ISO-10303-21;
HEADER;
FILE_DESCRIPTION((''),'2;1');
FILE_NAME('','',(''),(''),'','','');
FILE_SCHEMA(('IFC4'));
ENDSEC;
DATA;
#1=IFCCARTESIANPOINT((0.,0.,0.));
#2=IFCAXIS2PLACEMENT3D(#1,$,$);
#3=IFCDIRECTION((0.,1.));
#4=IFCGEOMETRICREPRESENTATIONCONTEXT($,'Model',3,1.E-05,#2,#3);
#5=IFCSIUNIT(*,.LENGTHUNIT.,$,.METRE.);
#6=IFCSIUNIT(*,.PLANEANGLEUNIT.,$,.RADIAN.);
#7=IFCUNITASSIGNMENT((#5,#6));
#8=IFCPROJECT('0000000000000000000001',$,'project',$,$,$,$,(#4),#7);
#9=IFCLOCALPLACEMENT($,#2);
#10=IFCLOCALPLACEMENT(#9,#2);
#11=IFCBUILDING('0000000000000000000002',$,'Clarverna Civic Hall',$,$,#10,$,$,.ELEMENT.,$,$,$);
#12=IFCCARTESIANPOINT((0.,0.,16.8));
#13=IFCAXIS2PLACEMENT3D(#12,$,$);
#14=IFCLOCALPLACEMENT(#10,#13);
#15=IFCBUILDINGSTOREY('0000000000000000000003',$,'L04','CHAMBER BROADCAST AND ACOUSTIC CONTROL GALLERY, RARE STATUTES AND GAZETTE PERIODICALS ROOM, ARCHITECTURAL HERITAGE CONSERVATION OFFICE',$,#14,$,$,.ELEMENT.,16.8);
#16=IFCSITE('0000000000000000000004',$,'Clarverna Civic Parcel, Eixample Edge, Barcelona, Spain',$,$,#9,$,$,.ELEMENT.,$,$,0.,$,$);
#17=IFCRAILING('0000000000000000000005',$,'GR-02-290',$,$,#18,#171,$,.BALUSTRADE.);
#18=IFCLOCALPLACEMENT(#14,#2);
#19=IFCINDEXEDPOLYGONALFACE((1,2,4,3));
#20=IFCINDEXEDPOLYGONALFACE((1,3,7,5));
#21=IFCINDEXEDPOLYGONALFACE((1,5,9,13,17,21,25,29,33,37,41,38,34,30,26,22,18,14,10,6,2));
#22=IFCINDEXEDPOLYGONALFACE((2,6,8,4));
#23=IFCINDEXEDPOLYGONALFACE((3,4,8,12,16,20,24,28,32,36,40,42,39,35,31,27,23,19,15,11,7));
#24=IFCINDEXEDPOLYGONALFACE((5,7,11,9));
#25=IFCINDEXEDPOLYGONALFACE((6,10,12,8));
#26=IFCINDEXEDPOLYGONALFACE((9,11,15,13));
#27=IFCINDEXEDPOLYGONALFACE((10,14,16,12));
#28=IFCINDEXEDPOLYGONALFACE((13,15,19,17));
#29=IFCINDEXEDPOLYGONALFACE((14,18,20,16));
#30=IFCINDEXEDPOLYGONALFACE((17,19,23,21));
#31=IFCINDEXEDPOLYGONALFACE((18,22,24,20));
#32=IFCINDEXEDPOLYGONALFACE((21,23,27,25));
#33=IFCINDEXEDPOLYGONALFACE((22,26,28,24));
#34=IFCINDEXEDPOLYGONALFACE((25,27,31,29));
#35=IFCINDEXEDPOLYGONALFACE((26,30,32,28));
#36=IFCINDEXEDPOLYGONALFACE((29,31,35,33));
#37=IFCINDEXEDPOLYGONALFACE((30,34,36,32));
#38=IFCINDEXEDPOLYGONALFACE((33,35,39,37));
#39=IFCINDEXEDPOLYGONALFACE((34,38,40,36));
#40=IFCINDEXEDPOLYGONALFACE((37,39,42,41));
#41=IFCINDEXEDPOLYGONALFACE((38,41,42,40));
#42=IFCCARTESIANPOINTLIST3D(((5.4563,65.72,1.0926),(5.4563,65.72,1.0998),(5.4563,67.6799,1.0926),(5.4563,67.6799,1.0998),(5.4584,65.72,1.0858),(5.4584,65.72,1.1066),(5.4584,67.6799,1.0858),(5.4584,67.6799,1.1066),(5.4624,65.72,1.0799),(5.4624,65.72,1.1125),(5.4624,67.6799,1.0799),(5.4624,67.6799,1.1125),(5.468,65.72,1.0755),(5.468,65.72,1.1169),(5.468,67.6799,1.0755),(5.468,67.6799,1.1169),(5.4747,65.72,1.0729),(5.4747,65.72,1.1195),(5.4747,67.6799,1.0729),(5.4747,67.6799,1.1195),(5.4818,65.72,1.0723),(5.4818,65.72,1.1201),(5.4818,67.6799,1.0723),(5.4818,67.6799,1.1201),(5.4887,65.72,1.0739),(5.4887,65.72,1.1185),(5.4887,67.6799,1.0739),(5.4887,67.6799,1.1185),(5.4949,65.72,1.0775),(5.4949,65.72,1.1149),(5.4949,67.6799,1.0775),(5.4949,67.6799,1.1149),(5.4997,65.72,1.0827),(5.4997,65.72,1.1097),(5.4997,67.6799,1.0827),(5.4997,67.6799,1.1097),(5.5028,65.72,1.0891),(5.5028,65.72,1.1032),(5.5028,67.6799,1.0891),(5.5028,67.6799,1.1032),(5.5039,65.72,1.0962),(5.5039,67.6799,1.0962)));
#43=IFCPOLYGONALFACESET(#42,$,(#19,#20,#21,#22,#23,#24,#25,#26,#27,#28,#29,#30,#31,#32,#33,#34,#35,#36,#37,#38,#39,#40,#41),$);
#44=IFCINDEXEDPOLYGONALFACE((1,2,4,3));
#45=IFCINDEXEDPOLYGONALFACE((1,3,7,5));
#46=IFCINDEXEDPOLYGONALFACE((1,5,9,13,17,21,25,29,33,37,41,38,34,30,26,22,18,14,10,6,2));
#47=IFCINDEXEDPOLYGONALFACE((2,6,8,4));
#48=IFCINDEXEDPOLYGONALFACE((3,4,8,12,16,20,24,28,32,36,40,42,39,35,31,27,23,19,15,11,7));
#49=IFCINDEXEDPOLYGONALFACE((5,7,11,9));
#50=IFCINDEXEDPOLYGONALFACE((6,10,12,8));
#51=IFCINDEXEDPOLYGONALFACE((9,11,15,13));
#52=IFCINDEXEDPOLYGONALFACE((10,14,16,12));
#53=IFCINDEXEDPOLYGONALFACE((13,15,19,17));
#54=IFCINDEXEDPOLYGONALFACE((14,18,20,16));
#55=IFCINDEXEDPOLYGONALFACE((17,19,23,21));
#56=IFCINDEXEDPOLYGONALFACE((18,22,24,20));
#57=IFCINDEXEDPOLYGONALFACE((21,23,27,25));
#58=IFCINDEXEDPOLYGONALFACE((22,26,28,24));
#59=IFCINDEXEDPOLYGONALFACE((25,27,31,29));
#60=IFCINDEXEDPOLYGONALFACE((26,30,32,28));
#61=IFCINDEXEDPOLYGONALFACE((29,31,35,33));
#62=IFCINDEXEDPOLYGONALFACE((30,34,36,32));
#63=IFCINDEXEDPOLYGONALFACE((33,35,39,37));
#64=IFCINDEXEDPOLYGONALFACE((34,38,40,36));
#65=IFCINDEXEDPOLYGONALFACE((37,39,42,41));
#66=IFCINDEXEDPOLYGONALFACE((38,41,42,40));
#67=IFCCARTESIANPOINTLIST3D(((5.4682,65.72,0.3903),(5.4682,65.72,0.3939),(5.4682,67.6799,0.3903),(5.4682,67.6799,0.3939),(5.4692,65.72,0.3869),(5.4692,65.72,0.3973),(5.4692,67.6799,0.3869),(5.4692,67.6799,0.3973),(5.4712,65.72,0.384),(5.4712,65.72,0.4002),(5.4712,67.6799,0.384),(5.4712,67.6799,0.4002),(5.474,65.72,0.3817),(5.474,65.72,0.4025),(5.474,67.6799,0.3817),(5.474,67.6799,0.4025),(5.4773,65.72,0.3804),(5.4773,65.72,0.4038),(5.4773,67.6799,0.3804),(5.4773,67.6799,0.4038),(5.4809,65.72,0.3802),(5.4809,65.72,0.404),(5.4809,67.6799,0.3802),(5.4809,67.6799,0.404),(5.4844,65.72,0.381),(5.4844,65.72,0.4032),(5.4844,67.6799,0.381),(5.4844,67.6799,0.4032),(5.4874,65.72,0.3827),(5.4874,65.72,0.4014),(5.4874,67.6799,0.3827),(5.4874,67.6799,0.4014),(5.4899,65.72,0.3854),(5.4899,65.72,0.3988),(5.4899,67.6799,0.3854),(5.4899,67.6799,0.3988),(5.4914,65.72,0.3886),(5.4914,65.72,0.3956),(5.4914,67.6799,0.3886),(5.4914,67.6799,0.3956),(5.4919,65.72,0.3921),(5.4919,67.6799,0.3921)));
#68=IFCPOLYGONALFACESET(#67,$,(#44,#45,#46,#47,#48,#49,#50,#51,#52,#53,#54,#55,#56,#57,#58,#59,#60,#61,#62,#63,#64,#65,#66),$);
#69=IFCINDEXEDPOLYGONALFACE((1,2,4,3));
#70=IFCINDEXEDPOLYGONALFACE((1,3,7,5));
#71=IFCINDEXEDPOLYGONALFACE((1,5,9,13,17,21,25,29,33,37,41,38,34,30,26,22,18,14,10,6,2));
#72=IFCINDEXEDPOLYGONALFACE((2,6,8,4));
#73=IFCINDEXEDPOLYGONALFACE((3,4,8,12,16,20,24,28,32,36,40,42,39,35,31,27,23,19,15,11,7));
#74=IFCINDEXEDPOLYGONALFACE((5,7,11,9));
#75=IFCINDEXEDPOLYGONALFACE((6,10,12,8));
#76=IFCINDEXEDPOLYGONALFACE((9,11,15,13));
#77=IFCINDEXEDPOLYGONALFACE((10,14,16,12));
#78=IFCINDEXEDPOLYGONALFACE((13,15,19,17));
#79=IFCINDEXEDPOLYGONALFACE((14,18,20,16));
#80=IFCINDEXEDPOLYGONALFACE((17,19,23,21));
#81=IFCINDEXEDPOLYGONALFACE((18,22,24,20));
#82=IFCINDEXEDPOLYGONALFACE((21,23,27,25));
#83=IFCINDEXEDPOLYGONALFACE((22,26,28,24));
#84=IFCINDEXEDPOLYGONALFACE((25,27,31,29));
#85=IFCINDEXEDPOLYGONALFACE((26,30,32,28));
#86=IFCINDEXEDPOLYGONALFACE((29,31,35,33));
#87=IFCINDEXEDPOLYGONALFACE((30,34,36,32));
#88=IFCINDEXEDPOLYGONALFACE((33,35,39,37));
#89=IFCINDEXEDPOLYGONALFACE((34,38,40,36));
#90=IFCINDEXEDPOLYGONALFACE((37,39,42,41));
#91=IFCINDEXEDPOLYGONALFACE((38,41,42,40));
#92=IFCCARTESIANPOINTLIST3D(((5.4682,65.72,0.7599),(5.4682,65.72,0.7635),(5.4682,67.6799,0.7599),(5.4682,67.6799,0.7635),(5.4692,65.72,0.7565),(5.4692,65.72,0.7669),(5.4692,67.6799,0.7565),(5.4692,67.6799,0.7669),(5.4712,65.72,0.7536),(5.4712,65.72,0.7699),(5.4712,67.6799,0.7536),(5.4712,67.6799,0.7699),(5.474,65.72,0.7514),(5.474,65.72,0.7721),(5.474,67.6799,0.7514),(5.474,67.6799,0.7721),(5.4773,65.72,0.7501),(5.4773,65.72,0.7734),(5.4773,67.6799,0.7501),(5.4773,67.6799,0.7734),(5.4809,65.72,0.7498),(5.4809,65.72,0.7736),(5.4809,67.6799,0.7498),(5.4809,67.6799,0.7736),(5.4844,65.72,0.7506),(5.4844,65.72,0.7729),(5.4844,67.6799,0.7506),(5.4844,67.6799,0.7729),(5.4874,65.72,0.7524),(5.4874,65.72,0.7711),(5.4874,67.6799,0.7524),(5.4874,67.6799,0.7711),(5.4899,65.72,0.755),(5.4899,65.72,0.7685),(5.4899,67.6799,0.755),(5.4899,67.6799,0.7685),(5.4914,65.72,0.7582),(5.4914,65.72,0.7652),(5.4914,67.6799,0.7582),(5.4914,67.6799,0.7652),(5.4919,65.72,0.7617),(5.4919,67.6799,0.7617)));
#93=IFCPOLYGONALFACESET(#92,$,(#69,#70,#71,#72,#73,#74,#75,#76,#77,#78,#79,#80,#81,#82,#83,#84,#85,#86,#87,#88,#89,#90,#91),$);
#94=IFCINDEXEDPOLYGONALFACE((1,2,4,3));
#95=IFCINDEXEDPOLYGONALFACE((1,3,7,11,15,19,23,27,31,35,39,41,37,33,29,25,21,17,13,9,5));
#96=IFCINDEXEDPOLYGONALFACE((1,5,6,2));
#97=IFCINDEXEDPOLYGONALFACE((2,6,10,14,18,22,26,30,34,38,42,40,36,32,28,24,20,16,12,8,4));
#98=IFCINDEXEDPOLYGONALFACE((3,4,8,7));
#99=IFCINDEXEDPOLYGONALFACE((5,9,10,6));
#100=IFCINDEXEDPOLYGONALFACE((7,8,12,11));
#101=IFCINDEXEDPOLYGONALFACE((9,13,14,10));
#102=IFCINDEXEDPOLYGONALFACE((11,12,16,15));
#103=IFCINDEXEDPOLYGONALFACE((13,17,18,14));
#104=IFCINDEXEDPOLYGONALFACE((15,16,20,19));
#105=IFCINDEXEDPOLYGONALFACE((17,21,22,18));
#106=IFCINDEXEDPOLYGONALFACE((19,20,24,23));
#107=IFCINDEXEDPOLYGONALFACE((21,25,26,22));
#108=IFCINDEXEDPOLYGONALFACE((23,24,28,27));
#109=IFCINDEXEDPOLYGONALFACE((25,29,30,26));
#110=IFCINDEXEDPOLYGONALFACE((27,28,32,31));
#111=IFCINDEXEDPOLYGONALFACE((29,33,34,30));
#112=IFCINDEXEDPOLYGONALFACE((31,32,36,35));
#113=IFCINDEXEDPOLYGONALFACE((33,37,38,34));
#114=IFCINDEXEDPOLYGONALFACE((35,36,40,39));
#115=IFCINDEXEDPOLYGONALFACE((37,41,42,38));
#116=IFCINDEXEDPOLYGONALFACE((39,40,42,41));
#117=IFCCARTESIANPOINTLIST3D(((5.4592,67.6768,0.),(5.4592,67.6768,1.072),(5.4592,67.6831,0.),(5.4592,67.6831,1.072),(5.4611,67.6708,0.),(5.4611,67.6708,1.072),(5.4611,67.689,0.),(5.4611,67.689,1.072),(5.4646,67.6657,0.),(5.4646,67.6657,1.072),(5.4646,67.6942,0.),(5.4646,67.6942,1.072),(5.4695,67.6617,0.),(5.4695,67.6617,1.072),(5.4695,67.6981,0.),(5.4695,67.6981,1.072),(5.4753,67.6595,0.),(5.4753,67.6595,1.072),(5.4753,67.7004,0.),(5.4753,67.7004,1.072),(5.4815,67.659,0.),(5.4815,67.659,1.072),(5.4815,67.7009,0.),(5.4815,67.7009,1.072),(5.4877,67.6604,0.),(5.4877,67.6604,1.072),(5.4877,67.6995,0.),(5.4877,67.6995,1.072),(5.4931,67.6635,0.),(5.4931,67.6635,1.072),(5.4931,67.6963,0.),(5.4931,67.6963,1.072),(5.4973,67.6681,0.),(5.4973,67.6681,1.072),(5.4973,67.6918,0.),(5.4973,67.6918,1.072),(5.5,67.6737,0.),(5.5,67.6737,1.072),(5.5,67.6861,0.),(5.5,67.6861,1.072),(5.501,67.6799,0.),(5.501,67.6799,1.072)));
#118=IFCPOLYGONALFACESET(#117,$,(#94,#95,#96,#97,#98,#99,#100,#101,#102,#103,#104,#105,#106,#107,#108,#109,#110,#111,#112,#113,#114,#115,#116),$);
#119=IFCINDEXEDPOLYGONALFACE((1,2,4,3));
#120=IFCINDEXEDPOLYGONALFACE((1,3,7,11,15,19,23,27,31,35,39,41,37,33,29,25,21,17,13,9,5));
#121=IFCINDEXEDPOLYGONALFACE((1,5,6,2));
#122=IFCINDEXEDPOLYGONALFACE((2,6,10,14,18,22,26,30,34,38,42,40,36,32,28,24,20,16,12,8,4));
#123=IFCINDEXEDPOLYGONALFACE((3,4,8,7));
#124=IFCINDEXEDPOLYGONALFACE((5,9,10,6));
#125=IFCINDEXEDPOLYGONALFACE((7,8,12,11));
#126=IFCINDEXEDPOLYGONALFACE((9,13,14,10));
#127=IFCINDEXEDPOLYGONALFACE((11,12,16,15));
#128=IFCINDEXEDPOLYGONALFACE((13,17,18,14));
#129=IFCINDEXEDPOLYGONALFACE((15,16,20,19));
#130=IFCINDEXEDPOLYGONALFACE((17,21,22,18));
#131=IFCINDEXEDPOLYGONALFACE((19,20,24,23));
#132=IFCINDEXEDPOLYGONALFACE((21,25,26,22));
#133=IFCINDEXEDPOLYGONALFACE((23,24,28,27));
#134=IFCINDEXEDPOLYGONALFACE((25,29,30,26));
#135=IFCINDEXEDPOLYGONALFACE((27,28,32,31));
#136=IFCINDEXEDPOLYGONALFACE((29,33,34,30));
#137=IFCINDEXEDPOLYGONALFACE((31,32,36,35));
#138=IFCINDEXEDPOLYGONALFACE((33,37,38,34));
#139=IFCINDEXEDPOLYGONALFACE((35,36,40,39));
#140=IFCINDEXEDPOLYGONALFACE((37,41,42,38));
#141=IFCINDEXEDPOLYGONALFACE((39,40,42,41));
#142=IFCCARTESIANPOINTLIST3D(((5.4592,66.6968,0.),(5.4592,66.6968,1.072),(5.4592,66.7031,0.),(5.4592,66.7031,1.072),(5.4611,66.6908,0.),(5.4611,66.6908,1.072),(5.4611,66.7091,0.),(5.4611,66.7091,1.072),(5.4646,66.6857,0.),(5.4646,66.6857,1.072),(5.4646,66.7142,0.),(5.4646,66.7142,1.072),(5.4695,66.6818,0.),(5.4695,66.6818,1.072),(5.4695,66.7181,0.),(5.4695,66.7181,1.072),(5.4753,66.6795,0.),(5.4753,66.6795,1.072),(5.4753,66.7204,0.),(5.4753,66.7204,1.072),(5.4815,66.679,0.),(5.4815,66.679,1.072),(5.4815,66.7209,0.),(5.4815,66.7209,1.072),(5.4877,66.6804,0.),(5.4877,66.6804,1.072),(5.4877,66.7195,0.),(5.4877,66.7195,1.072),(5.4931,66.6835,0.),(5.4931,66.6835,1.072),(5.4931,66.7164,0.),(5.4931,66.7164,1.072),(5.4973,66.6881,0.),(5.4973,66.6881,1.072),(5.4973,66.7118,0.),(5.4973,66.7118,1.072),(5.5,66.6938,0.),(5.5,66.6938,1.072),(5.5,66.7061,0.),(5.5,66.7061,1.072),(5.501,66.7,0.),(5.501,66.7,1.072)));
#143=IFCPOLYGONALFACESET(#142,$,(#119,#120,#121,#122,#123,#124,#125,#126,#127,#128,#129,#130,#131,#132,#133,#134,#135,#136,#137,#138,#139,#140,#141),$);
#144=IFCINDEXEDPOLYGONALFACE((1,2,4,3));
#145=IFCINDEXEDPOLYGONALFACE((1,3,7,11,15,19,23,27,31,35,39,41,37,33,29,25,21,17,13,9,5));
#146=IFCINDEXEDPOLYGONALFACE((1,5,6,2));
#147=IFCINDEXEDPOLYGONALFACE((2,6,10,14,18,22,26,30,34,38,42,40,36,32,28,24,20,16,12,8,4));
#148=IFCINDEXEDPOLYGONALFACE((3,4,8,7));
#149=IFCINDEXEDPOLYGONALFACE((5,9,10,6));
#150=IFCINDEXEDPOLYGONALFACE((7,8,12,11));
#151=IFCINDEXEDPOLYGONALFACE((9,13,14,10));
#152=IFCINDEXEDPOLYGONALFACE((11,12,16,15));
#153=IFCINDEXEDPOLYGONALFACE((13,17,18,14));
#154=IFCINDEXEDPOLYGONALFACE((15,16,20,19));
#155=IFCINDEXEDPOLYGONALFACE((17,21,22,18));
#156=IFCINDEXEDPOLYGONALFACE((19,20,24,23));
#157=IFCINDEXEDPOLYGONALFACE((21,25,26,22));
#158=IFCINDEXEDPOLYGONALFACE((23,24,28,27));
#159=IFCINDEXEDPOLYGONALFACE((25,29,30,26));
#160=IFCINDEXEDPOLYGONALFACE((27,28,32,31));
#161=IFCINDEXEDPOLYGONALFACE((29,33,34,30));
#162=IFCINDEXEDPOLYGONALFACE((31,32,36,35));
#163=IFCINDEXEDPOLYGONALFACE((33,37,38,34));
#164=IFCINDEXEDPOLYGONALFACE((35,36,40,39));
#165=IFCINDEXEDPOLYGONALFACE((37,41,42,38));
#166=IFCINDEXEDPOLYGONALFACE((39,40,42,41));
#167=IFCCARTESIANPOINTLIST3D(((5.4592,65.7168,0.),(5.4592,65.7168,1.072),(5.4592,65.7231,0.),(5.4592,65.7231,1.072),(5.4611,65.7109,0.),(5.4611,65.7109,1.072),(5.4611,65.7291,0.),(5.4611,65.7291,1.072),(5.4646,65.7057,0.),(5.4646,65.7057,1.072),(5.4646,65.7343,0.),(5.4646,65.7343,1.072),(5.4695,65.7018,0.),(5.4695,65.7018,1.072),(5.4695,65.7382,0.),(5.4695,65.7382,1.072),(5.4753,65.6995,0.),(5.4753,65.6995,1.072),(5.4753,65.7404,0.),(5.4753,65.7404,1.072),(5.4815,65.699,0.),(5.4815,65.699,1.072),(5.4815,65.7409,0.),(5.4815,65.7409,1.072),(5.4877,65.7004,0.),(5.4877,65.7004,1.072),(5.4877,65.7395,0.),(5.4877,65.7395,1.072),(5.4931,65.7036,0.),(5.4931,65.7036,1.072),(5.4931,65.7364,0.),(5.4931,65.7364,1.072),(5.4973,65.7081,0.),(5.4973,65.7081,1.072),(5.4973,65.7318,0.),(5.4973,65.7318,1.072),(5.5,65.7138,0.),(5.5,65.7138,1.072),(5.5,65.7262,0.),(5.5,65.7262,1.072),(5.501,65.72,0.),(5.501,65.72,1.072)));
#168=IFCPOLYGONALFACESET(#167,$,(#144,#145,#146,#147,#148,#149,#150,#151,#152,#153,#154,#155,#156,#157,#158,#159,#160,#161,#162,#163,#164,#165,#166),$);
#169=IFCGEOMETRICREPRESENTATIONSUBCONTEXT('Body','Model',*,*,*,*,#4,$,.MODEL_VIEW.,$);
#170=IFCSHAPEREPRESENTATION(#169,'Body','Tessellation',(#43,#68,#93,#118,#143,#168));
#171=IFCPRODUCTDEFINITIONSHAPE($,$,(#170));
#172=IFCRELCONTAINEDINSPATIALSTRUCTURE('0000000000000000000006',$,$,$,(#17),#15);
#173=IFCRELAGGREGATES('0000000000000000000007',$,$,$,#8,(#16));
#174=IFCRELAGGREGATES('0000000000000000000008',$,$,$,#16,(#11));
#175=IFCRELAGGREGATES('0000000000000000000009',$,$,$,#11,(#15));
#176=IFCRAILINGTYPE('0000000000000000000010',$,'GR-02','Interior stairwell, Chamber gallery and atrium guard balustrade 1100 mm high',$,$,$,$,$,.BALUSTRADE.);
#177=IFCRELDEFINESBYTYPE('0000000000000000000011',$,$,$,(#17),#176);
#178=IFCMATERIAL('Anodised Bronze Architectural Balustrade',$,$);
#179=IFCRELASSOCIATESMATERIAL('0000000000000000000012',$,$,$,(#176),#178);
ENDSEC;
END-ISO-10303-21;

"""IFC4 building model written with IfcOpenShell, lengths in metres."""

from ifc_helpers import new_model, si_unit, direction, frame, origin, origin_2d, place, context, subcontext, project, spatial, circle, extrude, material, type_object, element, save


model = new_model("IFC4")

# Units and contexts
model_context = context("Model", 3, precision=1e-05, world=origin(), true_north=direction((0.0, 1.0)))
body_context = subcontext(model_context, "Body", "Model", "MODEL_VIEW")
ifc_project = project(units=[si_unit("LENGTHUNIT", "METRE"), si_unit("PLANEANGLEUNIT", "RADIAN")], contexts=[model_context])

# Site, building, storey
site_placement = place(None, origin())
site = spatial("IfcSite", under=ifc_project, at=site_placement, Name="Clarverna Civic Parcel, Eixample Edge, Barcelona, Spain", CompositionType="ELEMENT", RefElevation=0.0)
building_placement = place(site_placement, origin())
building = spatial("IfcBuilding", under=site, at=building_placement, Name="Clarverna Civic Hall", CompositionType="ELEMENT")
storey_placement = place(building_placement, frame((0.0, 0.0, 16.8)))
storey = spatial("IfcBuildingStorey", under=building, at=storey_placement, Name="L04", Description="CHAMBER BROADCAST AND ACOUSTIC CONTROL GALLERY, RARE STATUTES AND GAZETTE PERIODICALS ROOM, ARCHITECTURAL HERITAGE CONSERVATION OFFICE", CompositionType="ELEMENT", Elevation=16.8)

# Railing
ifc_material_1 = material(Name="Anodised Bronze Architectural Balustrade")
railing_type = type_object("IfcRailingType", Name="GR-02", Description="Interior stairwell, Chamber gallery and atrium guard balustrade 1100 mm high", PredefinedType="BALUSTRADE", material=ifc_material_1)
railing_1_placement = place(storey_placement, frame((5.48, 67.6799, 0.0)))
element("IfcRailing", 1, at=railing_1_placement, inside=storey, type_object=railing_type, Name="GR-02-290", PredefinedType="BALUSTRADE", context=body_context, shape_type="SweptSolid", body=[
    extrude(circle(Radius=0.0239, at=origin_2d()), frame((0.0, 0.0, 1.0962), z_axis=(0.0, -1.0, 0.0), x_axis=(1.0, 0.0, 0.0)), (0.0, 0.0, 1.0), 1.96),
    extrude(circle(Radius=0.012, at=origin_2d()), frame((0.0, 0.0, 0.3921), z_axis=(0.0, -1.0, 0.0), x_axis=(1.0, 0.0, 0.0)), (0.0, 0.0, 1.0), 1.96),
    extrude(circle(Radius=0.012, at=origin_2d()), frame((0.0, 0.0, 0.7617), z_axis=(0.0, -1.0, 0.0), x_axis=(1.0, 0.0, 0.0)), (0.0, 0.0, 1.0), 1.96),
    extrude(circle(Radius=0.021, at=origin_2d()), origin(), (0.0, 0.0, 1.0), 1.072),
    extrude(circle(Radius=0.021, at=origin_2d()), frame((0.0, -0.98, 0.0)), (0.0, 0.0, 1.0), 1.072),
    extrude(circle(Radius=0.021, at=origin_2d()), frame((0.0, -1.96, 0.0)), (0.0, 0.0, 1.0), 1.072),
])

save(model, "model.ifc")
